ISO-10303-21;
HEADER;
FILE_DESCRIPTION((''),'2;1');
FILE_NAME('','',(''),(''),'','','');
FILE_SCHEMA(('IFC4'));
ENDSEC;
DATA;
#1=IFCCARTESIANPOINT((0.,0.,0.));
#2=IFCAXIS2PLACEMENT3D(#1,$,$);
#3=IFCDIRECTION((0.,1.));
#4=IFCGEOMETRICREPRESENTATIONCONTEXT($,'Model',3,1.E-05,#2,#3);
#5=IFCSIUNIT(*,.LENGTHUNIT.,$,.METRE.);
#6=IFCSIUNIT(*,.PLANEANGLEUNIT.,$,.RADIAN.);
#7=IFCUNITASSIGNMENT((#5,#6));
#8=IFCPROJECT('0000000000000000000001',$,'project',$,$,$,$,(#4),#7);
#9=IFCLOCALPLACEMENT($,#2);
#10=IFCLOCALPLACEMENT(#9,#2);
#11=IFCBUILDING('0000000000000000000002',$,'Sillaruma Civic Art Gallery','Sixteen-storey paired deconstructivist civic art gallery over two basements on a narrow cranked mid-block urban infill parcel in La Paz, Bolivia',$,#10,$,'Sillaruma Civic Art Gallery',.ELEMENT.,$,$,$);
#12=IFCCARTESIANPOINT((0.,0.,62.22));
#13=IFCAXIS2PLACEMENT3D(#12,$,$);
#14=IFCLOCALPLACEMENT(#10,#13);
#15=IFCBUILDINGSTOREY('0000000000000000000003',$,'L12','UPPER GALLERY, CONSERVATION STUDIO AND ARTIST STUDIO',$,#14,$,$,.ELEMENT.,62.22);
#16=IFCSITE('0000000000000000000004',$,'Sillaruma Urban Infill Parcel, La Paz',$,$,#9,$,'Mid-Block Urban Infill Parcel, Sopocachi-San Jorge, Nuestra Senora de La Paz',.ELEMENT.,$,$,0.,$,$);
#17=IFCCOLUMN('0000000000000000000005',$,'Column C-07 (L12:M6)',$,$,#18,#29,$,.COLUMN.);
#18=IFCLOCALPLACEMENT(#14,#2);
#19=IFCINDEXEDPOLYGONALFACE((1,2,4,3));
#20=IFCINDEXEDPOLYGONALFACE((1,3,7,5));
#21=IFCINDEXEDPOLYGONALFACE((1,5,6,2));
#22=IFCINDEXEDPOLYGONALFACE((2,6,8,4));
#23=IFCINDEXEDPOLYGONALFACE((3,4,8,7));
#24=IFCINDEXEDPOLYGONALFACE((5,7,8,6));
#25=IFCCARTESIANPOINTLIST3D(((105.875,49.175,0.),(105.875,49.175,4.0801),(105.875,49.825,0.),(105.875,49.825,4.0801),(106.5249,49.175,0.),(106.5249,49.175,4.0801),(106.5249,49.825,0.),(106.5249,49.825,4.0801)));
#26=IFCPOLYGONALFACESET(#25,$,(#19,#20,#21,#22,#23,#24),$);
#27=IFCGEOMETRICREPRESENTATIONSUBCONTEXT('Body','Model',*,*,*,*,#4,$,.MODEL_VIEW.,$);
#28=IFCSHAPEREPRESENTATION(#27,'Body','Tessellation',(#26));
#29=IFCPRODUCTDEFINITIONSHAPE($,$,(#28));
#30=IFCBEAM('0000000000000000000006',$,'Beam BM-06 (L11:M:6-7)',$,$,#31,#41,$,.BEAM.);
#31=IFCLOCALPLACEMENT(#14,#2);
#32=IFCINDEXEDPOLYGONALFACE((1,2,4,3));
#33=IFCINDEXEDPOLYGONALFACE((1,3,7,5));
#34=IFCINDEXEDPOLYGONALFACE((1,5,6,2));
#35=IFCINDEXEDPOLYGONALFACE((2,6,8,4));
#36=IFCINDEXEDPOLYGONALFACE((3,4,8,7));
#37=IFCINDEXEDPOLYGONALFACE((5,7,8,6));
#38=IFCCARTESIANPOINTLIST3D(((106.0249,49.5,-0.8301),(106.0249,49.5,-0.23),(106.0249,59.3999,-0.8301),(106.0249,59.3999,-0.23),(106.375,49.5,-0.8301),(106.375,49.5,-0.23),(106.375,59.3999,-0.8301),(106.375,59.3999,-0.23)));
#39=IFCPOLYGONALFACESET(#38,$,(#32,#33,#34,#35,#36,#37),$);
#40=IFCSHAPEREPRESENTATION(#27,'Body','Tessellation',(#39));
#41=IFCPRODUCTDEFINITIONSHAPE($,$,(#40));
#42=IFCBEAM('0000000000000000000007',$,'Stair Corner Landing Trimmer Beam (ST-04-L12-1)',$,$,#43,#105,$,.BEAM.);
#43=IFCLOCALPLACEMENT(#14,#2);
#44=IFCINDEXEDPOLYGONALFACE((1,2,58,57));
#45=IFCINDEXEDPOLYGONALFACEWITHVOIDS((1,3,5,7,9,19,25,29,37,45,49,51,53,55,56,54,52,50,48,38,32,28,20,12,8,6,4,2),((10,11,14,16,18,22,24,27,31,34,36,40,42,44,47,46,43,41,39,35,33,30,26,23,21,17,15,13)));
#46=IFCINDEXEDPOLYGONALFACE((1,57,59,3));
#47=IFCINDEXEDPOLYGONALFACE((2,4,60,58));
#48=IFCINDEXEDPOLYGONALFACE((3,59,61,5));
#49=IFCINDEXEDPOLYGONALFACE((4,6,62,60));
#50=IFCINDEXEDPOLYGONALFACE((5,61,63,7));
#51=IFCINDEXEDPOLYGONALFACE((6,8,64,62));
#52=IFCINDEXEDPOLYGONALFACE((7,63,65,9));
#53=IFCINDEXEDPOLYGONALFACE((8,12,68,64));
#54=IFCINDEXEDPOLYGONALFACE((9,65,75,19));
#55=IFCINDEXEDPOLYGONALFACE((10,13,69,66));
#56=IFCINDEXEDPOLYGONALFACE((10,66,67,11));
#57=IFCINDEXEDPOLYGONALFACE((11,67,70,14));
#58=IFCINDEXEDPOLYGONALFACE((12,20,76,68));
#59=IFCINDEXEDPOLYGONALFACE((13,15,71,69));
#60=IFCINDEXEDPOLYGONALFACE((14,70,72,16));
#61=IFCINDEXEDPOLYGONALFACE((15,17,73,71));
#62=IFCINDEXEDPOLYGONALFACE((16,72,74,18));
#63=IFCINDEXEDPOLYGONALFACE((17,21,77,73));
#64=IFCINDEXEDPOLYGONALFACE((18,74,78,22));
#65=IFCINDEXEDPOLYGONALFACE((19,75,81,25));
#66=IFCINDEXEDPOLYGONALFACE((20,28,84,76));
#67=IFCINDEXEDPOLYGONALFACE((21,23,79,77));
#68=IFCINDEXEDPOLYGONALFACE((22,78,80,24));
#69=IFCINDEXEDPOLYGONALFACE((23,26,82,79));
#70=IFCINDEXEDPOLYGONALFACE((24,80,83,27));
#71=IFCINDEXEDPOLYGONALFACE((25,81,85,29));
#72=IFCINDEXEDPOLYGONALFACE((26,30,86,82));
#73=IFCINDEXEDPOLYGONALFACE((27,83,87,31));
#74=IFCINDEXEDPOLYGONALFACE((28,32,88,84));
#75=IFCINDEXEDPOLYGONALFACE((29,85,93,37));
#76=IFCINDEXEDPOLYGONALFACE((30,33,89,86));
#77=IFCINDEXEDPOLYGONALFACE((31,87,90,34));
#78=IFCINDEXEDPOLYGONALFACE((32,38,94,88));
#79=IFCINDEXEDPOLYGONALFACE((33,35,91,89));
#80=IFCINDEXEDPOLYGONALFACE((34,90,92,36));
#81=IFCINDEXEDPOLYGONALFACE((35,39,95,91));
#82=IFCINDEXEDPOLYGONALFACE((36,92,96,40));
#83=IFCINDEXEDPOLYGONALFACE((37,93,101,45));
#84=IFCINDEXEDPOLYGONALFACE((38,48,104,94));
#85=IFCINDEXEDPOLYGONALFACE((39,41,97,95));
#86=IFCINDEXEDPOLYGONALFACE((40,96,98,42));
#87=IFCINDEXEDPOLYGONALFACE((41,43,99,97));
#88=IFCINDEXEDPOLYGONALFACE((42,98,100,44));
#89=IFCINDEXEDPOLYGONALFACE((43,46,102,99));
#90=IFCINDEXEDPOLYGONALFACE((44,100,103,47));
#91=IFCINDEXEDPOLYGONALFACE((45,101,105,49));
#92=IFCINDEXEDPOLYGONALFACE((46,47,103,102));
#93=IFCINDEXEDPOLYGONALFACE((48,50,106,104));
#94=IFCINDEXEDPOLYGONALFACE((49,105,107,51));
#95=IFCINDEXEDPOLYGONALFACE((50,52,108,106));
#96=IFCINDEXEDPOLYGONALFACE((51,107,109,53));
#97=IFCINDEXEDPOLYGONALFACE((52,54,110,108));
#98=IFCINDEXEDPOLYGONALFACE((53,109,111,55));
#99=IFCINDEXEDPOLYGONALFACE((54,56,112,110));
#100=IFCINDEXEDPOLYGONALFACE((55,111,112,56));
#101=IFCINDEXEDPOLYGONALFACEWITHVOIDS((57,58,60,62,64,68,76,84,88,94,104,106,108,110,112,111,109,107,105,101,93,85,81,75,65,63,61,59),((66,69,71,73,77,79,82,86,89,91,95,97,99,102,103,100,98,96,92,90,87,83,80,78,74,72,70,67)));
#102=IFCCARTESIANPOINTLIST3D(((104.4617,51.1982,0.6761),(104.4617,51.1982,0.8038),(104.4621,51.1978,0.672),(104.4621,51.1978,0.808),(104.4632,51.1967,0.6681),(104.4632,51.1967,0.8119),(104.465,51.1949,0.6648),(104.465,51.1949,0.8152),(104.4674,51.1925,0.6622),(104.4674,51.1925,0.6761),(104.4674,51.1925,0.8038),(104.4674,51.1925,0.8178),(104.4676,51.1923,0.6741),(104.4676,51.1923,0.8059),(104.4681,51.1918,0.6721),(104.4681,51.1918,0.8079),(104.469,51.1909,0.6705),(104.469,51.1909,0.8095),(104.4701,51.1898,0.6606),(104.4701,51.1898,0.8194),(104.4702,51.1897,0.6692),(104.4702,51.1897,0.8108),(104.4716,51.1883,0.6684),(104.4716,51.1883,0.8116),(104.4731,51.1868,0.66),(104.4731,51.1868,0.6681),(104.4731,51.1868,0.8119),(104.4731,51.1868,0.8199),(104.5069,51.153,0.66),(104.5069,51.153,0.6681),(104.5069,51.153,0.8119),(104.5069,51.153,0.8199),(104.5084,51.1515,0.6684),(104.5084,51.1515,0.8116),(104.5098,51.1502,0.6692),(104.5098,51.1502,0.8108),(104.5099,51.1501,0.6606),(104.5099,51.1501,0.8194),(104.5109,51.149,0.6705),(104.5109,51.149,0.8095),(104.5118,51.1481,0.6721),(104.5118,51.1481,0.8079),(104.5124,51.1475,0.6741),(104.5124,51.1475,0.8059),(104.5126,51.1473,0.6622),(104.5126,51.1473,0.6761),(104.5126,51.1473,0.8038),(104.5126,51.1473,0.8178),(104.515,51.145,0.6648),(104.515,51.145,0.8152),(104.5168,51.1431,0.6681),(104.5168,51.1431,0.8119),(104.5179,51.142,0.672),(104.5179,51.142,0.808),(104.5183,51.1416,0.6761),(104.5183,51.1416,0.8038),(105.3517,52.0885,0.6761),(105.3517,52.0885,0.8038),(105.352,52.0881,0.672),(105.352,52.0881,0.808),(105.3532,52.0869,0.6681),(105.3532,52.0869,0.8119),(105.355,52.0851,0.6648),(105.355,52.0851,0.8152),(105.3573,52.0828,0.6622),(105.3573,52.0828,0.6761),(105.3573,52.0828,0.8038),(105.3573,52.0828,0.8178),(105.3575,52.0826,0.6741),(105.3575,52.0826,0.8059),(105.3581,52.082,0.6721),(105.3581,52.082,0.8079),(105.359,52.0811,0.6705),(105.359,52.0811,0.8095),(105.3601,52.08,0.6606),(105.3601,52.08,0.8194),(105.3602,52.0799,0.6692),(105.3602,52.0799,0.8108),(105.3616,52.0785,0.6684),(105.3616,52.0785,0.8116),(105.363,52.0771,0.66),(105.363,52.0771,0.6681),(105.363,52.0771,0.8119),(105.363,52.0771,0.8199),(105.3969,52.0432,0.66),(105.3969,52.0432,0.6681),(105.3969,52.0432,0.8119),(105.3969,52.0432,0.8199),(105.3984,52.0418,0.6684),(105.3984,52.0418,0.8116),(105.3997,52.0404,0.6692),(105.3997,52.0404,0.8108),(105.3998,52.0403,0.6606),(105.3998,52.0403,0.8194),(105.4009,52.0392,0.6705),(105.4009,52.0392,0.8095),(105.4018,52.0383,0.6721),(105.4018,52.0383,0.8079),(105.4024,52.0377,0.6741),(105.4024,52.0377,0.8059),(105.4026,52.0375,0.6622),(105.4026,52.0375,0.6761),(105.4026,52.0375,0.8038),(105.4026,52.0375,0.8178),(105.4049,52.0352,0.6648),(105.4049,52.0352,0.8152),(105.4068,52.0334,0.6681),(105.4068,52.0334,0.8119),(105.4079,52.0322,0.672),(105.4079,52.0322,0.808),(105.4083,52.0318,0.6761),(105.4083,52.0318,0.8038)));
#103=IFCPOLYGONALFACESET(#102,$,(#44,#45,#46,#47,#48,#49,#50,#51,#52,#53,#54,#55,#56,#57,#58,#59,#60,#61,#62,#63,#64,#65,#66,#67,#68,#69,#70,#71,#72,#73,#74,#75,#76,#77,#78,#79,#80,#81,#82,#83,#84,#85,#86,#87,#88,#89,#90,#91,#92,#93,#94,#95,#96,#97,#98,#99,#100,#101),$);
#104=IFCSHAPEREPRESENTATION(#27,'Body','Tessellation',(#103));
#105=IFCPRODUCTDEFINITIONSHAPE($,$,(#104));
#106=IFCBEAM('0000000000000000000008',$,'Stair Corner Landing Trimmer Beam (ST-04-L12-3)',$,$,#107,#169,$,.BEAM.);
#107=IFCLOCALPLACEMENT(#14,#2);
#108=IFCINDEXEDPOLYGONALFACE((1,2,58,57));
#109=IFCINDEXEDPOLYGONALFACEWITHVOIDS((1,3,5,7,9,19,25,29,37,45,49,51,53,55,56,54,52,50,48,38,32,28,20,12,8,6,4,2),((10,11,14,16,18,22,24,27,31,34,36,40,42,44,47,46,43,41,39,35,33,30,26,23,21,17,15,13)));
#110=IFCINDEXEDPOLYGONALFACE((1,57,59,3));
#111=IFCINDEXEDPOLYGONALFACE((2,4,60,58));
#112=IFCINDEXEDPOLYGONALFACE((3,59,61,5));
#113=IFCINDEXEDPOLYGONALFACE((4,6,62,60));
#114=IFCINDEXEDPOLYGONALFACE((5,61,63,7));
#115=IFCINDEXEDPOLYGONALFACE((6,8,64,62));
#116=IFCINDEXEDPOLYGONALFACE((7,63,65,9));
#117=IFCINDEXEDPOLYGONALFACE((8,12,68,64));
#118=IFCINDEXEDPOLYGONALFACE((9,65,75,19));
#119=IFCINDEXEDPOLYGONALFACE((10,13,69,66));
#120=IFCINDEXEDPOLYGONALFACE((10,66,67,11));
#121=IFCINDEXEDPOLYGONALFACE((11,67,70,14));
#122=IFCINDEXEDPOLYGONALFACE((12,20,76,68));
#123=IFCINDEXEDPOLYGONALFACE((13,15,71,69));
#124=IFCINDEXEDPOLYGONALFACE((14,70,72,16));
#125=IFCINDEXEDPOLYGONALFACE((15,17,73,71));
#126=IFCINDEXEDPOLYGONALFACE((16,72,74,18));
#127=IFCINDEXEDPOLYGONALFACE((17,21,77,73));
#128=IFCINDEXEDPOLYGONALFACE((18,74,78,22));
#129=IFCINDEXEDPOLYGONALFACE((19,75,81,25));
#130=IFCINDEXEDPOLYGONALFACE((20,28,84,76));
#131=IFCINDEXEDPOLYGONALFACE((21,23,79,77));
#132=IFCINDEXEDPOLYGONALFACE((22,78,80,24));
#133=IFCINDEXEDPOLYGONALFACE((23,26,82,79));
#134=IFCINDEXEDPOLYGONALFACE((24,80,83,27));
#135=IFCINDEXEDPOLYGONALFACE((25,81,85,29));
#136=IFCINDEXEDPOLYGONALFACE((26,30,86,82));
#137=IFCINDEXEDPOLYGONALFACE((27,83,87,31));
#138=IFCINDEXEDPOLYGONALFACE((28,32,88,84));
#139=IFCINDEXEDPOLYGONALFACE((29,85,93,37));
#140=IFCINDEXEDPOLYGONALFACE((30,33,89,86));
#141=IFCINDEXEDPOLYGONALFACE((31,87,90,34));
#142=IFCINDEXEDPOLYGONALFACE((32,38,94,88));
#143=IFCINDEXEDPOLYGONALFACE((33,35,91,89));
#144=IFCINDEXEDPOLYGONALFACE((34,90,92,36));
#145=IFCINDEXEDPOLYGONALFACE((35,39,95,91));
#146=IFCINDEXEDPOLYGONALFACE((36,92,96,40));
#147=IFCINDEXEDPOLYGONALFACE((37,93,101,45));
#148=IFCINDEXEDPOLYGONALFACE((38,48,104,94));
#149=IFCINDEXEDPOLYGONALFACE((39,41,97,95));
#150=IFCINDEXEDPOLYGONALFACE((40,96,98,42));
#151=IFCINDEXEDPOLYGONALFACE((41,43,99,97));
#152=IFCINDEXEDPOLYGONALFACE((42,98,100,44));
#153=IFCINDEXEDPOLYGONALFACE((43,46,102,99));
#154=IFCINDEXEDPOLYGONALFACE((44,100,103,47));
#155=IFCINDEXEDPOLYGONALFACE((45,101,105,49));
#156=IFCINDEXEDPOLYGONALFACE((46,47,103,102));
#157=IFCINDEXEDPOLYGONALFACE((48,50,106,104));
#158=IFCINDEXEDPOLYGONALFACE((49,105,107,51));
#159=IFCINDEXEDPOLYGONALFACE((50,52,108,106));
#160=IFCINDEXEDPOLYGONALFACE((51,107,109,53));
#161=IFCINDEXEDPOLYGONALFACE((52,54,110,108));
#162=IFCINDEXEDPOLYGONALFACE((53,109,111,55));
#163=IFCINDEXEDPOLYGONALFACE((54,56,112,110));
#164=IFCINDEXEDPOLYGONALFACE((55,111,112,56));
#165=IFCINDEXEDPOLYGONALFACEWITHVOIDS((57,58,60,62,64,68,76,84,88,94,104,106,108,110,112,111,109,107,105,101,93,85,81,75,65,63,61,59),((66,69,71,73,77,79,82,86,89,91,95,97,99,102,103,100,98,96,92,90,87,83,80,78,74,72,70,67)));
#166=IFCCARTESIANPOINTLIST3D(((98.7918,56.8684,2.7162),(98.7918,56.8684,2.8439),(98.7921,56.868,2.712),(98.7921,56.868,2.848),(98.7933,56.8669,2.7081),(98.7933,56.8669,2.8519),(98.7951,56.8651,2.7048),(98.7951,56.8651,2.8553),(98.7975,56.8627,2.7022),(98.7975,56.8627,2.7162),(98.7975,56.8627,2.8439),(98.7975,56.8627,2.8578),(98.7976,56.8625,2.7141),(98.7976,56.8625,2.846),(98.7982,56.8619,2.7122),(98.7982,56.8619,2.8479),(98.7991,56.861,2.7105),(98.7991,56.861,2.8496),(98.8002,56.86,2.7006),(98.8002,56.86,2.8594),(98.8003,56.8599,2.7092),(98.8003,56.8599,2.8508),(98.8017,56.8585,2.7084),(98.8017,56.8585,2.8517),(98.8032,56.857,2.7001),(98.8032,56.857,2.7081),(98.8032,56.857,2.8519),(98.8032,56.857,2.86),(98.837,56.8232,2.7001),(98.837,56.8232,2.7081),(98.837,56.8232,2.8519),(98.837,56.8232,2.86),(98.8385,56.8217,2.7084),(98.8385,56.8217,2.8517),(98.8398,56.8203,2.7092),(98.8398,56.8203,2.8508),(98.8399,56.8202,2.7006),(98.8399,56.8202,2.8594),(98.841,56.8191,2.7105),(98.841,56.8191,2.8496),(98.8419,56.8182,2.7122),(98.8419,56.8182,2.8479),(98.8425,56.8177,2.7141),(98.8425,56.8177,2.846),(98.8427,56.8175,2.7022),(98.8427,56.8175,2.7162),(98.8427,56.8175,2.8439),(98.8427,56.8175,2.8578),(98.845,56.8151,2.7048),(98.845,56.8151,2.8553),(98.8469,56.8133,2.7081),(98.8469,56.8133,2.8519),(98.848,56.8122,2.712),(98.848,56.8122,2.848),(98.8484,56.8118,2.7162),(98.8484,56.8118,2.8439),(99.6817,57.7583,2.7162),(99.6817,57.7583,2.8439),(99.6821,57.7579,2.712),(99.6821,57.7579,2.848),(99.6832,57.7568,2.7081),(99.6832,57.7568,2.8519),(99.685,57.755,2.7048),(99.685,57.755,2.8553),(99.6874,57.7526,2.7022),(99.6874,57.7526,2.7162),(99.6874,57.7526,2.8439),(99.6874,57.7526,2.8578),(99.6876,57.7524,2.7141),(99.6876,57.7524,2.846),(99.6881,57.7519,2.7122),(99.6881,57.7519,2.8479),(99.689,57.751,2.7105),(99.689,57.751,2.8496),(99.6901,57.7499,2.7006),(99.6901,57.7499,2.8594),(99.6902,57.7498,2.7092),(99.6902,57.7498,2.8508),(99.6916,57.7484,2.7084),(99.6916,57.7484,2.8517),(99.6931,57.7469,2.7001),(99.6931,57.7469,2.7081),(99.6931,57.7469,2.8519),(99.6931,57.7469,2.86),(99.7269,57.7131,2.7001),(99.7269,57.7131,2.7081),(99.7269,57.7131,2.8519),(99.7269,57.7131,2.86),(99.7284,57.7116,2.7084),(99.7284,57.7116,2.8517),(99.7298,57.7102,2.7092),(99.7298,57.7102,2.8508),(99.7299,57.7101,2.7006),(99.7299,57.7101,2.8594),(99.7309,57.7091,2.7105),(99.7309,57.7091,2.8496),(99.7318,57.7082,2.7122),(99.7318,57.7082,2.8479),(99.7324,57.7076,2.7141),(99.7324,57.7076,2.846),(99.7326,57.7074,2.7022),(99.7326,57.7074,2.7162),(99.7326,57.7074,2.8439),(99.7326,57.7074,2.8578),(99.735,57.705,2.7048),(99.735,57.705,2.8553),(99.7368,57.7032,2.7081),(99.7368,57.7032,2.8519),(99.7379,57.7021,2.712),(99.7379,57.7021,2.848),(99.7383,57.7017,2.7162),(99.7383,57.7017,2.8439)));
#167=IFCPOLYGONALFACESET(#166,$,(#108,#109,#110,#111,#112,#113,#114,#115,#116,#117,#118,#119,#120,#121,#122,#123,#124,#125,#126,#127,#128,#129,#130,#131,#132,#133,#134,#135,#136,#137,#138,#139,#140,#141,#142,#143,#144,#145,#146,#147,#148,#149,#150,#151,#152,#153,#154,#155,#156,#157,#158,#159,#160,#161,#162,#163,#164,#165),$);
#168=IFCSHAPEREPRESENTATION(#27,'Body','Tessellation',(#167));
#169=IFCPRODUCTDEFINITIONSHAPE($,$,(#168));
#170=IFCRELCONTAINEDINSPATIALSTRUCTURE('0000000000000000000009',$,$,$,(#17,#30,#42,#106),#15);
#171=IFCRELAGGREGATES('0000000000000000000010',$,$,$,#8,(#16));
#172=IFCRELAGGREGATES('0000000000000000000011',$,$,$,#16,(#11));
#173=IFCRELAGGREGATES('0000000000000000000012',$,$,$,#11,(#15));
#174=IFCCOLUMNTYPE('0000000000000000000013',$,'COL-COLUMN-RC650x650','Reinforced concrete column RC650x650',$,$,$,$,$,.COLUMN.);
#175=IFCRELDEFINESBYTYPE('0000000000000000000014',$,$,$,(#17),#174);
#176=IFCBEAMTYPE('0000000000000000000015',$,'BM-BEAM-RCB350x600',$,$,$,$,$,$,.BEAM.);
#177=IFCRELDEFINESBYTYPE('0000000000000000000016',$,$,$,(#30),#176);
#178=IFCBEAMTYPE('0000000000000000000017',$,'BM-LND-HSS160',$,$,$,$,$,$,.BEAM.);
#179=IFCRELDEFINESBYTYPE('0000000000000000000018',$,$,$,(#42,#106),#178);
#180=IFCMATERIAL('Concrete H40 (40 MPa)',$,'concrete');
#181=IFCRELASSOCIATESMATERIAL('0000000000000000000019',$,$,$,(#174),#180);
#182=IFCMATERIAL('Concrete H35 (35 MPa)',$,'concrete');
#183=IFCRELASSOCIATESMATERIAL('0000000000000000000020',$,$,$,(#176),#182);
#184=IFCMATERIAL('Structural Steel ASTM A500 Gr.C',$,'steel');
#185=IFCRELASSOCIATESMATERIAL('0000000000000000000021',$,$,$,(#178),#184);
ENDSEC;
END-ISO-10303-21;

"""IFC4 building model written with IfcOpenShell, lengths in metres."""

from ifc_helpers import new_model, si_unit, direction, frame, origin, origin_2d, place, context, subcontext, project, spatial, rectangle, hollow_rectangle, extrude, material, material_profile, profile_set, type_object, element, save


model = new_model("IFC4")

# Units and contexts
model_context = context("Model", 3, precision=1e-05, world=origin(), true_north=direction((0.0, 1.0)))
body_context = subcontext(model_context, "Body", "Model", "MODEL_VIEW")
ifc_project = project(units=[si_unit("LENGTHUNIT", "METRE"), si_unit("PLANEANGLEUNIT", "RADIAN")], contexts=[model_context])

# Site, building, storey
site_placement = place(None, origin())
site = spatial("IfcSite", under=ifc_project, at=site_placement, Name="Sillaruma Urban Infill Parcel, La Paz", LongName="Mid-Block Urban Infill Parcel, Sopocachi-San Jorge, Nuestra Senora de La Paz", CompositionType="ELEMENT", RefElevation=0.0)
building_placement = place(site_placement, origin())
building = spatial("IfcBuilding", under=site, at=building_placement, Name="Sillaruma Civic Art Gallery", Description="Sixteen-storey paired deconstructivist civic art gallery over two basements on a narrow cranked mid-block urban infill parcel in La Paz, Bolivia", LongName="Sillaruma Civic Art Gallery", CompositionType="ELEMENT")
storey_placement = place(building_placement, frame((0.0, 0.0, 62.22)))
storey = spatial("IfcBuildingStorey", under=building, at=storey_placement, Name="L12", Description="UPPER GALLERY, CONSERVATION STUDIO AND ARTIST STUDIO", CompositionType="ELEMENT", Elevation=62.22)

# Column
ifc_material_1 = material(Name="Concrete H40 (40 MPa)", Category="concrete")
ifc_material_profile_1 = material_profile(ifc_material_1, rectangle(XDim=0.6499, YDim=0.6499, at=origin_2d()), Name="RC650x650")
ifc_profile_set_1 = profile_set([ifc_material_profile_1], Name="Concrete H40 (40 MPa)")
column_type = type_object("IfcColumnType", Name="COL-COLUMN-RC650x650", Description="Reinforced concrete column RC650x650", PredefinedType="COLUMN", material=ifc_profile_set_1)
column_placement = place(storey_placement, frame((106.2, 49.5, 0.0), z_axis=(0.0, 0.0, 1.0), x_axis=(1.0, 0.0, 0.0)))
element("IfcColumn", 1, at=column_placement, inside=storey, type_object=column_type, Name="Column C-07 (L12:M6)", PredefinedType="COLUMN", context=body_context, shape_type="SweptSolid", body=[
    extrude(rectangle(XDim=0.6499, YDim=0.6499, at=origin_2d()), origin(), (0.0, 0.0, 1.0), 4.0801),
])

# Beams
ifc_material_2 = material(Name="Concrete H35 (35 MPa)", Category="concrete")
ifc_material_profile_2 = material_profile(ifc_material_2, rectangle(XDim=0.3501, YDim=0.6001, at=origin_2d()), Name="RCB350x600")
ifc_profile_set_2 = profile_set([ifc_material_profile_2], Name="Concrete H35 (35 MPa)")
beam_type_1 = type_object("IfcBeamType", Name="BM-BEAM-RCB350x600", PredefinedType="BEAM", material=ifc_profile_set_2)
beam_1_placement = place(storey_placement, frame((106.2, 49.5, -0.53), z_axis=(0.0, 1.0, 0.0), x_axis=(-1.0, 0.0, 0.0)))
element("IfcBeam", 2, at=beam_1_placement, inside=storey, type_object=beam_type_1, Name="Beam BM-06 (L11:M:6-7)", PredefinedType="BEAM", context=body_context, shape_type="SweptSolid", body=[
    extrude(rectangle(XDim=0.3501, YDim=0.6001, at=origin_2d()), origin(), (0.0, 0.0, 1.0), 9.8999),
])
ifc_material_3 = material(Name="Structural Steel ASTM A500 Gr.C", Category="steel")
ifc_material_profile_3 = material_profile(ifc_material_3, hollow_rectangle(XDim=0.0801, YDim=0.1599, WallThickness=0.0081, InnerFilletRadius=0.0081, OuterFilletRadius=0.0161, at=origin_2d()), Name="HSS160x80x8")
ifc_profile_set_3 = profile_set([ifc_material_profile_3], Name="Structural Steel ASTM A500 Gr.C")
beam_type_2 = type_object("IfcBeamType", Name="BM-LND-HSS160", PredefinedType="BEAM", material=ifc_profile_set_3)
beam_2_placement = place(storey_placement, frame((104.49, 51.1699, 0.74), z_axis=(0.70701, 0.707204, 0.0), x_axis=(-0.707204, 0.70701, 0.0)))
element("IfcBeam", 3, at=beam_2_placement, inside=storey, type_object=beam_type_2, Name="Stair Corner Landing Trimmer Beam (ST-04-L12-1)", PredefinedType="BEAM", context=body_context, shape_type="SweptSolid", body=[
    extrude(hollow_rectangle(XDim=0.0801, YDim=0.1599, WallThickness=0.0081, InnerFilletRadius=0.0081, OuterFilletRadius=0.0161, at=origin_2d()), origin(), (0.0, 0.0, 1.0), 1.2588),
])
beam_3_placement = place(storey_placement, frame((98.8201, 56.8401, 2.78), z_axis=(0.707107, 0.707107, 0.0), x_axis=(-0.707107, 0.707107, 0.0)))
element("IfcBeam", 4, at=beam_3_placement, inside=storey, type_object=beam_type_2, Name="Stair Corner Landing Trimmer Beam (ST-04-L12-3)", PredefinedType="BEAM", context=body_context, shape_type="SweptSolid", body=[
    extrude(hollow_rectangle(XDim=0.0801, YDim=0.1599, WallThickness=0.0081, InnerFilletRadius=0.0081, OuterFilletRadius=0.0161, at=origin_2d()), origin(), (0.0, 0.0, 1.0), 1.2585),
])

save(model, "model.ifc")
